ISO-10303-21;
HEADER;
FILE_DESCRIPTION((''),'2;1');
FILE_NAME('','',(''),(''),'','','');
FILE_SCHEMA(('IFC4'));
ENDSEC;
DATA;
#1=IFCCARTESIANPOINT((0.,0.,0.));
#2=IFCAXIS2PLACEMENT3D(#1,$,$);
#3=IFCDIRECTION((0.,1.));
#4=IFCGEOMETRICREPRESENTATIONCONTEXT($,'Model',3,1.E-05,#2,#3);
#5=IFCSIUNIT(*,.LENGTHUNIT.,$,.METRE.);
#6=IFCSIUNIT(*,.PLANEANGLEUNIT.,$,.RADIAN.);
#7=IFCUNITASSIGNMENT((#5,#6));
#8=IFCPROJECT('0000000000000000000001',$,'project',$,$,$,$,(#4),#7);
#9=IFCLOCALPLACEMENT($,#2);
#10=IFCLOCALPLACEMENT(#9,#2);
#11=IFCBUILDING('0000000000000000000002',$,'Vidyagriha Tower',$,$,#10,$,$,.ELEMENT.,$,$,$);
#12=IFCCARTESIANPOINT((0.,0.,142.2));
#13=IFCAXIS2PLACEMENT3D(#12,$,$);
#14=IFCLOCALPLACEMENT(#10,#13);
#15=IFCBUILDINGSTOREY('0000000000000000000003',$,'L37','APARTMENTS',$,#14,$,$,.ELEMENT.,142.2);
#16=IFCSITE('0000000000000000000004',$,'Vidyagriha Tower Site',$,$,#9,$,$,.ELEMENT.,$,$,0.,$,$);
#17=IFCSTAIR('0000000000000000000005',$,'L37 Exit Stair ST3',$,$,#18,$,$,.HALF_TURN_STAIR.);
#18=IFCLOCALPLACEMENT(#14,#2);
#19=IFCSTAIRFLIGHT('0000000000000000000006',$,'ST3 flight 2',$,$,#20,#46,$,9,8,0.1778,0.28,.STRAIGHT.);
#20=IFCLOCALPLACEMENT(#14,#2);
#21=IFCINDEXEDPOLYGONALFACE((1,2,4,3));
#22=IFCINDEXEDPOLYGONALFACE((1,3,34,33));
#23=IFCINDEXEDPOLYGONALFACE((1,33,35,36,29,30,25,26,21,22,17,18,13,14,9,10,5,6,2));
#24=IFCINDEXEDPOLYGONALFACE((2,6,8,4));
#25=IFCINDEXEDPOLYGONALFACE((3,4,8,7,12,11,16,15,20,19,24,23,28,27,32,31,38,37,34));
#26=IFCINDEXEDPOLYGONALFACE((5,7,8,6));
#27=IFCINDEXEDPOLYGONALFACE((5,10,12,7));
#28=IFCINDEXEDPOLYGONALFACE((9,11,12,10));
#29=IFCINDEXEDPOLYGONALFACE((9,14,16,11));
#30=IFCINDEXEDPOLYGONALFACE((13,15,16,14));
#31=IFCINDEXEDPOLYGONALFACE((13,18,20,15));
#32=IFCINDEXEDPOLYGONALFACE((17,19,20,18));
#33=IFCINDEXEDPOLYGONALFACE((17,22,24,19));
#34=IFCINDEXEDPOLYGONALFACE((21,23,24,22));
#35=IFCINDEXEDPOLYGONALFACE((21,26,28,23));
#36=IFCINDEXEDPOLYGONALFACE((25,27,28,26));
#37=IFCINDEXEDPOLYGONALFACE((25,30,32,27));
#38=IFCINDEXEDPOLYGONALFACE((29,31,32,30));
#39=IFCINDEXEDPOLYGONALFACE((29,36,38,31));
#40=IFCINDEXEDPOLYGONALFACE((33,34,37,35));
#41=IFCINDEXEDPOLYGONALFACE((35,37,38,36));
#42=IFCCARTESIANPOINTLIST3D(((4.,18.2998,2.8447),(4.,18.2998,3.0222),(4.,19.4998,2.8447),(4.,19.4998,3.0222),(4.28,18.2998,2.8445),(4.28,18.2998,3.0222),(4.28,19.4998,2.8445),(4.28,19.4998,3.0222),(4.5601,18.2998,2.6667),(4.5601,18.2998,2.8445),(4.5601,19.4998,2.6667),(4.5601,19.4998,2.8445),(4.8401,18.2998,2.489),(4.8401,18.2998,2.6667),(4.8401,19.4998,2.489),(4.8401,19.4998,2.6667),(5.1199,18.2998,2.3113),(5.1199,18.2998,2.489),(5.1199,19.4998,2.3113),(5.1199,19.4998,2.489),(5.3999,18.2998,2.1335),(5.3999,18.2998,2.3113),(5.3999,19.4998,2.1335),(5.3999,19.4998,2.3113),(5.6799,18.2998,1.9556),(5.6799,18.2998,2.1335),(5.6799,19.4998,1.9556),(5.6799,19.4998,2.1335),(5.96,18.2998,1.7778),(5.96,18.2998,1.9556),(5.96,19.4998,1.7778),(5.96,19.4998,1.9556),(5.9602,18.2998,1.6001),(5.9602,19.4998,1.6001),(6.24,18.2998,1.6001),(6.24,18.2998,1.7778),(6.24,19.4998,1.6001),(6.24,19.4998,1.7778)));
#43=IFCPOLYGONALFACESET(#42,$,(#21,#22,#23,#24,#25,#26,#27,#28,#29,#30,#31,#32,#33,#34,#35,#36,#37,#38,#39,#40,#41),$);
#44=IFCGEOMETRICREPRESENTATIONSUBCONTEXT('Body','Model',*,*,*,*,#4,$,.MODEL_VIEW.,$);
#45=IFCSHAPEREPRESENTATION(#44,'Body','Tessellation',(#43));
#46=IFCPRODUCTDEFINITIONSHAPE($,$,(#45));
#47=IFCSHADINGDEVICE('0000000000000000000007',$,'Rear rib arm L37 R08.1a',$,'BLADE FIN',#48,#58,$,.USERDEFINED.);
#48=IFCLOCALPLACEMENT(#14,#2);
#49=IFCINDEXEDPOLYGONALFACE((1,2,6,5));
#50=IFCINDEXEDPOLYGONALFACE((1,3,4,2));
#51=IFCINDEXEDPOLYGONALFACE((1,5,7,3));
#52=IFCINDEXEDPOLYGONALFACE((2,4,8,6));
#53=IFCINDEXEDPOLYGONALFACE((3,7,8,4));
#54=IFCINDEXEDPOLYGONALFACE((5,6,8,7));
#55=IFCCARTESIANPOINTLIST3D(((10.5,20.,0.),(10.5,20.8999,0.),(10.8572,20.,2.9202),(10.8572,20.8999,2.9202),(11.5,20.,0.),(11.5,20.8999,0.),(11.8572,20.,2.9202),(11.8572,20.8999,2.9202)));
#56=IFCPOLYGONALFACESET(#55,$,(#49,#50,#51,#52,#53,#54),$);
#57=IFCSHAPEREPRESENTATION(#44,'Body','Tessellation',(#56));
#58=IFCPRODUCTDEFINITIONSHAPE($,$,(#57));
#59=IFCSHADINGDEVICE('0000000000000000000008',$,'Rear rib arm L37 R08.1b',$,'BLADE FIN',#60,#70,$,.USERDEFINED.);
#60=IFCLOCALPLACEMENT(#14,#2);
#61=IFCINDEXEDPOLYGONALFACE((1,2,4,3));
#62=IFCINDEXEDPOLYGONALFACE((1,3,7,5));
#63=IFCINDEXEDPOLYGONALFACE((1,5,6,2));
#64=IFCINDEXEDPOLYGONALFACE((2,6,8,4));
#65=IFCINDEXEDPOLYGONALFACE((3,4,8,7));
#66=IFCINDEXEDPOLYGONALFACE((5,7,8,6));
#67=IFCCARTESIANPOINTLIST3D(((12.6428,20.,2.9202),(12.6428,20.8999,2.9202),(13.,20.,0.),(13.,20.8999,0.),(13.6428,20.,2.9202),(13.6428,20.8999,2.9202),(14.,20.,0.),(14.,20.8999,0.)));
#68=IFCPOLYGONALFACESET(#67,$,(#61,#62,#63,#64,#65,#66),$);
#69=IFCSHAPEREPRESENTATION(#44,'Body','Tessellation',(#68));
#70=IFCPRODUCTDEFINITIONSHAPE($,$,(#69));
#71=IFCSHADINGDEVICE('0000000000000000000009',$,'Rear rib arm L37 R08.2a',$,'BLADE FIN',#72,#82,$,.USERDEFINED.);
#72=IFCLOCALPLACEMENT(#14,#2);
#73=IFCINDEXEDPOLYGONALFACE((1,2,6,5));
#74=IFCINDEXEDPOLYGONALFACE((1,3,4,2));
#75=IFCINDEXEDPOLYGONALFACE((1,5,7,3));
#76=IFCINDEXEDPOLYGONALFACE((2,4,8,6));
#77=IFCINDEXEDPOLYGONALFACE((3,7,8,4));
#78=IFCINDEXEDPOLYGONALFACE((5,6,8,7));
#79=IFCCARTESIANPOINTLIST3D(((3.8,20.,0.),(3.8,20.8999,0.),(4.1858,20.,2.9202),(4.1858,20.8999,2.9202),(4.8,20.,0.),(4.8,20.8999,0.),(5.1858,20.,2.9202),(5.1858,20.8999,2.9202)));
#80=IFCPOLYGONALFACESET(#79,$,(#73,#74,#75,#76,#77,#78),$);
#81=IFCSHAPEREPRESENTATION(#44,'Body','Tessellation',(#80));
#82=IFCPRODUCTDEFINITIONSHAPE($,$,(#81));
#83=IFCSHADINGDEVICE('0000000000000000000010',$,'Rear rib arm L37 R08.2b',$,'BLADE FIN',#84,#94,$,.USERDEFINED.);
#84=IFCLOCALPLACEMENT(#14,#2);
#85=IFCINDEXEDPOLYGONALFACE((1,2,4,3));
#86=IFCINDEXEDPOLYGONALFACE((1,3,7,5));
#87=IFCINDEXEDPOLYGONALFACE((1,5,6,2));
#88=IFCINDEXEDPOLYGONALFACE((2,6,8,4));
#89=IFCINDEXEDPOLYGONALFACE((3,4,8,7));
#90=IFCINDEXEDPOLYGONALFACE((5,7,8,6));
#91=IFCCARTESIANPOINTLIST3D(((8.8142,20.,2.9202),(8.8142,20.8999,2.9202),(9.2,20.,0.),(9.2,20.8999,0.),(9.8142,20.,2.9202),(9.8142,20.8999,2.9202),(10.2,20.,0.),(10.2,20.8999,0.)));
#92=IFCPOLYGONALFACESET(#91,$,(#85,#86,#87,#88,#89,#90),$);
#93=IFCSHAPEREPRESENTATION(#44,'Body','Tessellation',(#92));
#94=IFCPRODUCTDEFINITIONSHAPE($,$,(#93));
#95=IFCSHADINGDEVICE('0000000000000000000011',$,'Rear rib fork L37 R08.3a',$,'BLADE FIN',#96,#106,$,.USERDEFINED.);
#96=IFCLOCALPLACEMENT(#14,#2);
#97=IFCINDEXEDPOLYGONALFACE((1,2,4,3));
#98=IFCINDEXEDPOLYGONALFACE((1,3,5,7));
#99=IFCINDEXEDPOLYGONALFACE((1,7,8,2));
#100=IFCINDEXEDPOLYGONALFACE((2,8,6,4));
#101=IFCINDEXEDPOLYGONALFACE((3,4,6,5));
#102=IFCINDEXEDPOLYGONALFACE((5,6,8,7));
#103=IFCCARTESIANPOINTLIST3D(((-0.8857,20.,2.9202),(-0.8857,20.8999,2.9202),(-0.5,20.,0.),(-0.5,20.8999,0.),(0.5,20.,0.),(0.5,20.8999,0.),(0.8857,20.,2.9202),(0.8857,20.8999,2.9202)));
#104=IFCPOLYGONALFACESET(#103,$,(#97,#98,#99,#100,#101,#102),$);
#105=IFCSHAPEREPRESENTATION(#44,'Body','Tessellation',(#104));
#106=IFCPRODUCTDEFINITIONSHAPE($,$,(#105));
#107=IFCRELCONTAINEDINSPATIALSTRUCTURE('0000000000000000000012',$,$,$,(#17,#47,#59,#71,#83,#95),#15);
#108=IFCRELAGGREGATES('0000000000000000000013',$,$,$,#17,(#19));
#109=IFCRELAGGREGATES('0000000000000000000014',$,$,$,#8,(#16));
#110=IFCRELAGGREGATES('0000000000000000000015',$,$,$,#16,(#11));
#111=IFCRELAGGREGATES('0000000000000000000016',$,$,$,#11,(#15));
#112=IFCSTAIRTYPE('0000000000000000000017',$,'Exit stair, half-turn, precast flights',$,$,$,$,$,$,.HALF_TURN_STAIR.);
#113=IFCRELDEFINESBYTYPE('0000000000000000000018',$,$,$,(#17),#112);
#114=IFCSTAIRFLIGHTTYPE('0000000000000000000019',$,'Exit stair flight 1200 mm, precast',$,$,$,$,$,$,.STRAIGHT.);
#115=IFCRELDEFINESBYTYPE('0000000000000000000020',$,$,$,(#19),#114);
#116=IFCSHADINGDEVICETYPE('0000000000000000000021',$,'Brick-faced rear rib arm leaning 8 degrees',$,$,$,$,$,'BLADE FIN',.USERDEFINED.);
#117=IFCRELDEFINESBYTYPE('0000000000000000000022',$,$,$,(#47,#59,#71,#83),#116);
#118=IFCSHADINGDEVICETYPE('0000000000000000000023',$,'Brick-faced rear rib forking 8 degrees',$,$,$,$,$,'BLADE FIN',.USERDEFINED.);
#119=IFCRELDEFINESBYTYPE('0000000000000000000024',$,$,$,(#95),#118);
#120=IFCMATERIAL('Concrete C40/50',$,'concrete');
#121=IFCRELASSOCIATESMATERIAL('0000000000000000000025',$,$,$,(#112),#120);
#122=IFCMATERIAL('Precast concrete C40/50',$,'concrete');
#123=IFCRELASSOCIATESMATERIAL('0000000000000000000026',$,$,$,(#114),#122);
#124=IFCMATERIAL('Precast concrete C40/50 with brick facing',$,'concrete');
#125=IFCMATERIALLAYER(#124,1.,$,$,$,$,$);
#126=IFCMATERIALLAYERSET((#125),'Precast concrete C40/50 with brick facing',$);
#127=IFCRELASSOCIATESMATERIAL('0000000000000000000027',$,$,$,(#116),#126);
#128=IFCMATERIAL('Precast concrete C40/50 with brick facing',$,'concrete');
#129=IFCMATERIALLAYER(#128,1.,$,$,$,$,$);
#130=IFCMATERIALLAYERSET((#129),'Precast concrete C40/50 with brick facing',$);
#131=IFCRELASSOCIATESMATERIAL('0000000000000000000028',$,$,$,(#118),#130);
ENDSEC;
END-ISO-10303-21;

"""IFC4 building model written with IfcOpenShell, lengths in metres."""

from ifc_helpers import new_model, si_unit, direction, frame, origin, place, context, subcontext, project, spatial, polyline, outline, extrude, material, layer, layer_set, type_object, element, aggregate, save


model = new_model("IFC4")

# Units and contexts
model_context = context("Model", 3, precision=1e-05, world=origin(), true_north=direction((0.0, 1.0)))
body_context = subcontext(model_context, "Body", "Model", "MODEL_VIEW")
ifc_project = project(units=[si_unit("LENGTHUNIT", "METRE"), si_unit("PLANEANGLEUNIT", "RADIAN")], contexts=[model_context])

# Site, building, storey
site_placement = place(None, origin())
site = spatial("IfcSite", under=ifc_project, at=site_placement, Name="Vidyagriha Tower Site", CompositionType="ELEMENT", RefElevation=0.0)
building_placement = place(site_placement, origin())
building = spatial("IfcBuilding", under=site, at=building_placement, Name="Vidyagriha Tower", CompositionType="ELEMENT")
storey_placement = place(building_placement, frame((0.0, 0.0, 142.2)))
storey = spatial("IfcBuildingStorey", under=building, at=storey_placement, Name="L37", Description="APARTMENTS", CompositionType="ELEMENT", Elevation=142.2)

# Shared definitions
ifc_material_1 = material(Name="Concrete C40/50", Category="concrete")
stair_type = type_object("IfcStairType", Name="Exit stair, half-turn, precast flights", PredefinedType="HALF_TURN_STAIR", material=ifc_material_1)
ifc_material_2 = material(Name="Precast concrete C40/50", Category="concrete")
stair_flight_type = type_object("IfcStairFlightType", Name="Exit stair flight 1200 mm, precast", PredefinedType="STRAIGHT", material=ifc_material_2)

# Stair, stair flight
stair_1_placement = place(storey_placement, origin())
stair_1 = element("IfcStair", 1, at=stair_1_placement, inside=storey, type_object=stair_type, Name="L37 Exit Stair ST3", PredefinedType="HALF_TURN_STAIR")
stair_flight_1_placement = place(storey_placement, frame((6.24, 18.8999, 1.6001), z_axis=(0.0, 0.0, 1.0), x_axis=(-1.0, 0.0, 0.0)))
stair_flight_1 = element("IfcStairFlight", 2, at=stair_flight_1_placement, type_object=stair_flight_type, Name="ST3 flight 2", NumberOfRisers=9, NumberOfTreads=8, PredefinedType="STRAIGHT", RiserHeight=0.1778, TreadLength=0.28, context=body_context, shape_type="SweptSolid", body=[
    extrude(outline(polyline([(0.0, 0.0), (0.0, 0.1777), (0.28, 0.1777), (0.28, 0.3555), (0.5601, 0.3555), (0.5601, 0.5334), (0.8401, 0.5334), (0.8401, 0.7112), (1.1201, 0.7112), (1.1201, 0.8889), (1.3999, 0.8889), (1.3999, 1.0667), (1.6799, 1.0667), (1.6799, 1.2444), (1.96, 1.2444), (1.96, 1.4221), (2.24, 1.4221), (2.24, 1.6001), (2.24, 1.2446), (0.2798, 0.0), (0.0, 0.0)])), frame((0.0, 0.6001, 0.0), z_axis=(0.0, -1.0, 0.0), x_axis=(1.0, 0.0, 0.0)), (0.0, 0.0, 1.0), 1.2),
])
aggregate(stair_1, [stair_flight_1])

# Shading devices
ifc_material_3 = material(Name="Precast concrete C40/50 with brick facing", Category="concrete")
ifc_layer_1 = layer(ifc_material_3, 1.0)
ifc_layer_set_1 = layer_set([ifc_layer_1], Name="Precast concrete C40/50 with brick facing")
shading_device_type_1 = type_object("IfcShadingDeviceType", Name="Brick-faced rear rib arm leaning 8 degrees", ElementType="BLADE FIN", PredefinedType="USERDEFINED", material=ifc_layer_set_1)
shading_device_1_placement = place(storey_placement, frame((11.8572, 20.45, 0.0), z_axis=(0.0, 0.0, 1.0), x_axis=(-1.0, 0.0, 0.0)))
element("IfcShadingDevice", 3, at=shading_device_1_placement, inside=storey, type_object=shading_device_type_1, Name="Rear rib arm L37 R08.1a", ObjectType="BLADE FIN", PredefinedType="USERDEFINED", context=body_context, shape_type="SweptSolid", body=[
    extrude(outline(polyline([(0.3572, 0.0), (1.3572, 0.0), (1.0, 2.9202), (0.0, 2.9202), (0.3572, 0.0)])), frame((0.0, 0.45, 0.0), z_axis=(0.0, -1.0, 0.0), x_axis=(1.0, 0.0, 0.0)), (0.0, 0.0, 1.0), 0.8999),
])
shading_device_2_placement = place(storey_placement, frame((14.0, 20.45, 0.0), z_axis=(0.0, 0.0, 1.0), x_axis=(-1.0, 0.0, 0.0)))
element("IfcShadingDevice", 4, at=shading_device_2_placement, inside=storey, type_object=shading_device_type_1, Name="Rear rib arm L37 R08.1b", ObjectType="BLADE FIN", PredefinedType="USERDEFINED", context=body_context, shape_type="SweptSolid", body=[
    extrude(outline(polyline([(0.0, 0.0), (1.0, 0.0), (1.3572, 2.9202), (0.3572, 2.9202), (0.0, 0.0)])), frame((0.0, 0.45, 0.0), z_axis=(0.0, -1.0, 0.0), x_axis=(1.0, 0.0, 0.0)), (0.0, 0.0, 1.0), 0.8999),
])
shading_device_3_placement = place(storey_placement, frame((5.1858, 20.45, 0.0), z_axis=(0.0, 0.0, 1.0), x_axis=(-1.0, 0.0, 0.0)))
element("IfcShadingDevice", 5, at=shading_device_3_placement, inside=storey, type_object=shading_device_type_1, Name="Rear rib arm L37 R08.2a", ObjectType="BLADE FIN", PredefinedType="USERDEFINED", context=body_context, shape_type="SweptSolid", body=[
    extrude(outline(polyline([(0.3857, 0.0), (1.3857, 0.0), (1.0, 2.9202), (0.0, 2.9202), (0.3857, 0.0)])), frame((0.0, 0.45, 0.0), z_axis=(0.0, -1.0, 0.0), x_axis=(1.0, 0.0, 0.0)), (0.0, 0.0, 1.0), 0.8999),
])
shading_device_4_placement = place(storey_placement, frame((10.2, 20.45, 0.0), z_axis=(0.0, 0.0, 1.0), x_axis=(-1.0, 0.0, 0.0)))
element("IfcShadingDevice", 6, at=shading_device_4_placement, inside=storey, type_object=shading_device_type_1, Name="Rear rib arm L37 R08.2b", ObjectType="BLADE FIN", PredefinedType="USERDEFINED", context=body_context, shape_type="SweptSolid", body=[
    extrude(outline(polyline([(0.0, 0.0), (1.0, 0.0), (1.3857, 2.9202), (0.3857, 2.9202), (0.0, 0.0)])), frame((0.0, 0.45, 0.0), z_axis=(0.0, -1.0, 0.0), x_axis=(1.0, 0.0, 0.0)), (0.0, 0.0, 1.0), 0.8999),
])
ifc_material_4 = material(Name="Precast concrete C40/50 with brick facing", Category="concrete")
ifc_layer_2 = layer(ifc_material_4, 1.0)
ifc_layer_set_2 = layer_set([ifc_layer_2], Name="Precast concrete C40/50 with brick facing")
shading_device_type_2 = type_object("IfcShadingDeviceType", Name="Brick-faced rear rib forking 8 degrees", ElementType="BLADE FIN", PredefinedType="USERDEFINED", material=ifc_layer_set_2)
shading_device_5_placement = place(storey_placement, frame((0.8857, 20.45, 0.0), z_axis=(0.0, 0.0, 1.0), x_axis=(-1.0, 0.0, 0.0)))
element("IfcShadingDevice", 7, at=shading_device_5_placement, inside=storey, type_object=shading_device_type_2, Name="Rear rib fork L37 R08.3a", ObjectType="BLADE FIN", PredefinedType="USERDEFINED", context=body_context, shape_type="SweptSolid", body=[
    extrude(outline(polyline([(0.3857, 0.0), (1.3857, 0.0), (1.7715, 2.9202), (0.0, 2.9202), (0.3857, 0.0)])), frame((0.0, 0.45, 0.0), z_axis=(0.0, -1.0, 0.0), x_axis=(1.0, 0.0, 0.0)), (0.0, 0.0, 1.0), 0.8999),
])

save(model, "model.ifc")
